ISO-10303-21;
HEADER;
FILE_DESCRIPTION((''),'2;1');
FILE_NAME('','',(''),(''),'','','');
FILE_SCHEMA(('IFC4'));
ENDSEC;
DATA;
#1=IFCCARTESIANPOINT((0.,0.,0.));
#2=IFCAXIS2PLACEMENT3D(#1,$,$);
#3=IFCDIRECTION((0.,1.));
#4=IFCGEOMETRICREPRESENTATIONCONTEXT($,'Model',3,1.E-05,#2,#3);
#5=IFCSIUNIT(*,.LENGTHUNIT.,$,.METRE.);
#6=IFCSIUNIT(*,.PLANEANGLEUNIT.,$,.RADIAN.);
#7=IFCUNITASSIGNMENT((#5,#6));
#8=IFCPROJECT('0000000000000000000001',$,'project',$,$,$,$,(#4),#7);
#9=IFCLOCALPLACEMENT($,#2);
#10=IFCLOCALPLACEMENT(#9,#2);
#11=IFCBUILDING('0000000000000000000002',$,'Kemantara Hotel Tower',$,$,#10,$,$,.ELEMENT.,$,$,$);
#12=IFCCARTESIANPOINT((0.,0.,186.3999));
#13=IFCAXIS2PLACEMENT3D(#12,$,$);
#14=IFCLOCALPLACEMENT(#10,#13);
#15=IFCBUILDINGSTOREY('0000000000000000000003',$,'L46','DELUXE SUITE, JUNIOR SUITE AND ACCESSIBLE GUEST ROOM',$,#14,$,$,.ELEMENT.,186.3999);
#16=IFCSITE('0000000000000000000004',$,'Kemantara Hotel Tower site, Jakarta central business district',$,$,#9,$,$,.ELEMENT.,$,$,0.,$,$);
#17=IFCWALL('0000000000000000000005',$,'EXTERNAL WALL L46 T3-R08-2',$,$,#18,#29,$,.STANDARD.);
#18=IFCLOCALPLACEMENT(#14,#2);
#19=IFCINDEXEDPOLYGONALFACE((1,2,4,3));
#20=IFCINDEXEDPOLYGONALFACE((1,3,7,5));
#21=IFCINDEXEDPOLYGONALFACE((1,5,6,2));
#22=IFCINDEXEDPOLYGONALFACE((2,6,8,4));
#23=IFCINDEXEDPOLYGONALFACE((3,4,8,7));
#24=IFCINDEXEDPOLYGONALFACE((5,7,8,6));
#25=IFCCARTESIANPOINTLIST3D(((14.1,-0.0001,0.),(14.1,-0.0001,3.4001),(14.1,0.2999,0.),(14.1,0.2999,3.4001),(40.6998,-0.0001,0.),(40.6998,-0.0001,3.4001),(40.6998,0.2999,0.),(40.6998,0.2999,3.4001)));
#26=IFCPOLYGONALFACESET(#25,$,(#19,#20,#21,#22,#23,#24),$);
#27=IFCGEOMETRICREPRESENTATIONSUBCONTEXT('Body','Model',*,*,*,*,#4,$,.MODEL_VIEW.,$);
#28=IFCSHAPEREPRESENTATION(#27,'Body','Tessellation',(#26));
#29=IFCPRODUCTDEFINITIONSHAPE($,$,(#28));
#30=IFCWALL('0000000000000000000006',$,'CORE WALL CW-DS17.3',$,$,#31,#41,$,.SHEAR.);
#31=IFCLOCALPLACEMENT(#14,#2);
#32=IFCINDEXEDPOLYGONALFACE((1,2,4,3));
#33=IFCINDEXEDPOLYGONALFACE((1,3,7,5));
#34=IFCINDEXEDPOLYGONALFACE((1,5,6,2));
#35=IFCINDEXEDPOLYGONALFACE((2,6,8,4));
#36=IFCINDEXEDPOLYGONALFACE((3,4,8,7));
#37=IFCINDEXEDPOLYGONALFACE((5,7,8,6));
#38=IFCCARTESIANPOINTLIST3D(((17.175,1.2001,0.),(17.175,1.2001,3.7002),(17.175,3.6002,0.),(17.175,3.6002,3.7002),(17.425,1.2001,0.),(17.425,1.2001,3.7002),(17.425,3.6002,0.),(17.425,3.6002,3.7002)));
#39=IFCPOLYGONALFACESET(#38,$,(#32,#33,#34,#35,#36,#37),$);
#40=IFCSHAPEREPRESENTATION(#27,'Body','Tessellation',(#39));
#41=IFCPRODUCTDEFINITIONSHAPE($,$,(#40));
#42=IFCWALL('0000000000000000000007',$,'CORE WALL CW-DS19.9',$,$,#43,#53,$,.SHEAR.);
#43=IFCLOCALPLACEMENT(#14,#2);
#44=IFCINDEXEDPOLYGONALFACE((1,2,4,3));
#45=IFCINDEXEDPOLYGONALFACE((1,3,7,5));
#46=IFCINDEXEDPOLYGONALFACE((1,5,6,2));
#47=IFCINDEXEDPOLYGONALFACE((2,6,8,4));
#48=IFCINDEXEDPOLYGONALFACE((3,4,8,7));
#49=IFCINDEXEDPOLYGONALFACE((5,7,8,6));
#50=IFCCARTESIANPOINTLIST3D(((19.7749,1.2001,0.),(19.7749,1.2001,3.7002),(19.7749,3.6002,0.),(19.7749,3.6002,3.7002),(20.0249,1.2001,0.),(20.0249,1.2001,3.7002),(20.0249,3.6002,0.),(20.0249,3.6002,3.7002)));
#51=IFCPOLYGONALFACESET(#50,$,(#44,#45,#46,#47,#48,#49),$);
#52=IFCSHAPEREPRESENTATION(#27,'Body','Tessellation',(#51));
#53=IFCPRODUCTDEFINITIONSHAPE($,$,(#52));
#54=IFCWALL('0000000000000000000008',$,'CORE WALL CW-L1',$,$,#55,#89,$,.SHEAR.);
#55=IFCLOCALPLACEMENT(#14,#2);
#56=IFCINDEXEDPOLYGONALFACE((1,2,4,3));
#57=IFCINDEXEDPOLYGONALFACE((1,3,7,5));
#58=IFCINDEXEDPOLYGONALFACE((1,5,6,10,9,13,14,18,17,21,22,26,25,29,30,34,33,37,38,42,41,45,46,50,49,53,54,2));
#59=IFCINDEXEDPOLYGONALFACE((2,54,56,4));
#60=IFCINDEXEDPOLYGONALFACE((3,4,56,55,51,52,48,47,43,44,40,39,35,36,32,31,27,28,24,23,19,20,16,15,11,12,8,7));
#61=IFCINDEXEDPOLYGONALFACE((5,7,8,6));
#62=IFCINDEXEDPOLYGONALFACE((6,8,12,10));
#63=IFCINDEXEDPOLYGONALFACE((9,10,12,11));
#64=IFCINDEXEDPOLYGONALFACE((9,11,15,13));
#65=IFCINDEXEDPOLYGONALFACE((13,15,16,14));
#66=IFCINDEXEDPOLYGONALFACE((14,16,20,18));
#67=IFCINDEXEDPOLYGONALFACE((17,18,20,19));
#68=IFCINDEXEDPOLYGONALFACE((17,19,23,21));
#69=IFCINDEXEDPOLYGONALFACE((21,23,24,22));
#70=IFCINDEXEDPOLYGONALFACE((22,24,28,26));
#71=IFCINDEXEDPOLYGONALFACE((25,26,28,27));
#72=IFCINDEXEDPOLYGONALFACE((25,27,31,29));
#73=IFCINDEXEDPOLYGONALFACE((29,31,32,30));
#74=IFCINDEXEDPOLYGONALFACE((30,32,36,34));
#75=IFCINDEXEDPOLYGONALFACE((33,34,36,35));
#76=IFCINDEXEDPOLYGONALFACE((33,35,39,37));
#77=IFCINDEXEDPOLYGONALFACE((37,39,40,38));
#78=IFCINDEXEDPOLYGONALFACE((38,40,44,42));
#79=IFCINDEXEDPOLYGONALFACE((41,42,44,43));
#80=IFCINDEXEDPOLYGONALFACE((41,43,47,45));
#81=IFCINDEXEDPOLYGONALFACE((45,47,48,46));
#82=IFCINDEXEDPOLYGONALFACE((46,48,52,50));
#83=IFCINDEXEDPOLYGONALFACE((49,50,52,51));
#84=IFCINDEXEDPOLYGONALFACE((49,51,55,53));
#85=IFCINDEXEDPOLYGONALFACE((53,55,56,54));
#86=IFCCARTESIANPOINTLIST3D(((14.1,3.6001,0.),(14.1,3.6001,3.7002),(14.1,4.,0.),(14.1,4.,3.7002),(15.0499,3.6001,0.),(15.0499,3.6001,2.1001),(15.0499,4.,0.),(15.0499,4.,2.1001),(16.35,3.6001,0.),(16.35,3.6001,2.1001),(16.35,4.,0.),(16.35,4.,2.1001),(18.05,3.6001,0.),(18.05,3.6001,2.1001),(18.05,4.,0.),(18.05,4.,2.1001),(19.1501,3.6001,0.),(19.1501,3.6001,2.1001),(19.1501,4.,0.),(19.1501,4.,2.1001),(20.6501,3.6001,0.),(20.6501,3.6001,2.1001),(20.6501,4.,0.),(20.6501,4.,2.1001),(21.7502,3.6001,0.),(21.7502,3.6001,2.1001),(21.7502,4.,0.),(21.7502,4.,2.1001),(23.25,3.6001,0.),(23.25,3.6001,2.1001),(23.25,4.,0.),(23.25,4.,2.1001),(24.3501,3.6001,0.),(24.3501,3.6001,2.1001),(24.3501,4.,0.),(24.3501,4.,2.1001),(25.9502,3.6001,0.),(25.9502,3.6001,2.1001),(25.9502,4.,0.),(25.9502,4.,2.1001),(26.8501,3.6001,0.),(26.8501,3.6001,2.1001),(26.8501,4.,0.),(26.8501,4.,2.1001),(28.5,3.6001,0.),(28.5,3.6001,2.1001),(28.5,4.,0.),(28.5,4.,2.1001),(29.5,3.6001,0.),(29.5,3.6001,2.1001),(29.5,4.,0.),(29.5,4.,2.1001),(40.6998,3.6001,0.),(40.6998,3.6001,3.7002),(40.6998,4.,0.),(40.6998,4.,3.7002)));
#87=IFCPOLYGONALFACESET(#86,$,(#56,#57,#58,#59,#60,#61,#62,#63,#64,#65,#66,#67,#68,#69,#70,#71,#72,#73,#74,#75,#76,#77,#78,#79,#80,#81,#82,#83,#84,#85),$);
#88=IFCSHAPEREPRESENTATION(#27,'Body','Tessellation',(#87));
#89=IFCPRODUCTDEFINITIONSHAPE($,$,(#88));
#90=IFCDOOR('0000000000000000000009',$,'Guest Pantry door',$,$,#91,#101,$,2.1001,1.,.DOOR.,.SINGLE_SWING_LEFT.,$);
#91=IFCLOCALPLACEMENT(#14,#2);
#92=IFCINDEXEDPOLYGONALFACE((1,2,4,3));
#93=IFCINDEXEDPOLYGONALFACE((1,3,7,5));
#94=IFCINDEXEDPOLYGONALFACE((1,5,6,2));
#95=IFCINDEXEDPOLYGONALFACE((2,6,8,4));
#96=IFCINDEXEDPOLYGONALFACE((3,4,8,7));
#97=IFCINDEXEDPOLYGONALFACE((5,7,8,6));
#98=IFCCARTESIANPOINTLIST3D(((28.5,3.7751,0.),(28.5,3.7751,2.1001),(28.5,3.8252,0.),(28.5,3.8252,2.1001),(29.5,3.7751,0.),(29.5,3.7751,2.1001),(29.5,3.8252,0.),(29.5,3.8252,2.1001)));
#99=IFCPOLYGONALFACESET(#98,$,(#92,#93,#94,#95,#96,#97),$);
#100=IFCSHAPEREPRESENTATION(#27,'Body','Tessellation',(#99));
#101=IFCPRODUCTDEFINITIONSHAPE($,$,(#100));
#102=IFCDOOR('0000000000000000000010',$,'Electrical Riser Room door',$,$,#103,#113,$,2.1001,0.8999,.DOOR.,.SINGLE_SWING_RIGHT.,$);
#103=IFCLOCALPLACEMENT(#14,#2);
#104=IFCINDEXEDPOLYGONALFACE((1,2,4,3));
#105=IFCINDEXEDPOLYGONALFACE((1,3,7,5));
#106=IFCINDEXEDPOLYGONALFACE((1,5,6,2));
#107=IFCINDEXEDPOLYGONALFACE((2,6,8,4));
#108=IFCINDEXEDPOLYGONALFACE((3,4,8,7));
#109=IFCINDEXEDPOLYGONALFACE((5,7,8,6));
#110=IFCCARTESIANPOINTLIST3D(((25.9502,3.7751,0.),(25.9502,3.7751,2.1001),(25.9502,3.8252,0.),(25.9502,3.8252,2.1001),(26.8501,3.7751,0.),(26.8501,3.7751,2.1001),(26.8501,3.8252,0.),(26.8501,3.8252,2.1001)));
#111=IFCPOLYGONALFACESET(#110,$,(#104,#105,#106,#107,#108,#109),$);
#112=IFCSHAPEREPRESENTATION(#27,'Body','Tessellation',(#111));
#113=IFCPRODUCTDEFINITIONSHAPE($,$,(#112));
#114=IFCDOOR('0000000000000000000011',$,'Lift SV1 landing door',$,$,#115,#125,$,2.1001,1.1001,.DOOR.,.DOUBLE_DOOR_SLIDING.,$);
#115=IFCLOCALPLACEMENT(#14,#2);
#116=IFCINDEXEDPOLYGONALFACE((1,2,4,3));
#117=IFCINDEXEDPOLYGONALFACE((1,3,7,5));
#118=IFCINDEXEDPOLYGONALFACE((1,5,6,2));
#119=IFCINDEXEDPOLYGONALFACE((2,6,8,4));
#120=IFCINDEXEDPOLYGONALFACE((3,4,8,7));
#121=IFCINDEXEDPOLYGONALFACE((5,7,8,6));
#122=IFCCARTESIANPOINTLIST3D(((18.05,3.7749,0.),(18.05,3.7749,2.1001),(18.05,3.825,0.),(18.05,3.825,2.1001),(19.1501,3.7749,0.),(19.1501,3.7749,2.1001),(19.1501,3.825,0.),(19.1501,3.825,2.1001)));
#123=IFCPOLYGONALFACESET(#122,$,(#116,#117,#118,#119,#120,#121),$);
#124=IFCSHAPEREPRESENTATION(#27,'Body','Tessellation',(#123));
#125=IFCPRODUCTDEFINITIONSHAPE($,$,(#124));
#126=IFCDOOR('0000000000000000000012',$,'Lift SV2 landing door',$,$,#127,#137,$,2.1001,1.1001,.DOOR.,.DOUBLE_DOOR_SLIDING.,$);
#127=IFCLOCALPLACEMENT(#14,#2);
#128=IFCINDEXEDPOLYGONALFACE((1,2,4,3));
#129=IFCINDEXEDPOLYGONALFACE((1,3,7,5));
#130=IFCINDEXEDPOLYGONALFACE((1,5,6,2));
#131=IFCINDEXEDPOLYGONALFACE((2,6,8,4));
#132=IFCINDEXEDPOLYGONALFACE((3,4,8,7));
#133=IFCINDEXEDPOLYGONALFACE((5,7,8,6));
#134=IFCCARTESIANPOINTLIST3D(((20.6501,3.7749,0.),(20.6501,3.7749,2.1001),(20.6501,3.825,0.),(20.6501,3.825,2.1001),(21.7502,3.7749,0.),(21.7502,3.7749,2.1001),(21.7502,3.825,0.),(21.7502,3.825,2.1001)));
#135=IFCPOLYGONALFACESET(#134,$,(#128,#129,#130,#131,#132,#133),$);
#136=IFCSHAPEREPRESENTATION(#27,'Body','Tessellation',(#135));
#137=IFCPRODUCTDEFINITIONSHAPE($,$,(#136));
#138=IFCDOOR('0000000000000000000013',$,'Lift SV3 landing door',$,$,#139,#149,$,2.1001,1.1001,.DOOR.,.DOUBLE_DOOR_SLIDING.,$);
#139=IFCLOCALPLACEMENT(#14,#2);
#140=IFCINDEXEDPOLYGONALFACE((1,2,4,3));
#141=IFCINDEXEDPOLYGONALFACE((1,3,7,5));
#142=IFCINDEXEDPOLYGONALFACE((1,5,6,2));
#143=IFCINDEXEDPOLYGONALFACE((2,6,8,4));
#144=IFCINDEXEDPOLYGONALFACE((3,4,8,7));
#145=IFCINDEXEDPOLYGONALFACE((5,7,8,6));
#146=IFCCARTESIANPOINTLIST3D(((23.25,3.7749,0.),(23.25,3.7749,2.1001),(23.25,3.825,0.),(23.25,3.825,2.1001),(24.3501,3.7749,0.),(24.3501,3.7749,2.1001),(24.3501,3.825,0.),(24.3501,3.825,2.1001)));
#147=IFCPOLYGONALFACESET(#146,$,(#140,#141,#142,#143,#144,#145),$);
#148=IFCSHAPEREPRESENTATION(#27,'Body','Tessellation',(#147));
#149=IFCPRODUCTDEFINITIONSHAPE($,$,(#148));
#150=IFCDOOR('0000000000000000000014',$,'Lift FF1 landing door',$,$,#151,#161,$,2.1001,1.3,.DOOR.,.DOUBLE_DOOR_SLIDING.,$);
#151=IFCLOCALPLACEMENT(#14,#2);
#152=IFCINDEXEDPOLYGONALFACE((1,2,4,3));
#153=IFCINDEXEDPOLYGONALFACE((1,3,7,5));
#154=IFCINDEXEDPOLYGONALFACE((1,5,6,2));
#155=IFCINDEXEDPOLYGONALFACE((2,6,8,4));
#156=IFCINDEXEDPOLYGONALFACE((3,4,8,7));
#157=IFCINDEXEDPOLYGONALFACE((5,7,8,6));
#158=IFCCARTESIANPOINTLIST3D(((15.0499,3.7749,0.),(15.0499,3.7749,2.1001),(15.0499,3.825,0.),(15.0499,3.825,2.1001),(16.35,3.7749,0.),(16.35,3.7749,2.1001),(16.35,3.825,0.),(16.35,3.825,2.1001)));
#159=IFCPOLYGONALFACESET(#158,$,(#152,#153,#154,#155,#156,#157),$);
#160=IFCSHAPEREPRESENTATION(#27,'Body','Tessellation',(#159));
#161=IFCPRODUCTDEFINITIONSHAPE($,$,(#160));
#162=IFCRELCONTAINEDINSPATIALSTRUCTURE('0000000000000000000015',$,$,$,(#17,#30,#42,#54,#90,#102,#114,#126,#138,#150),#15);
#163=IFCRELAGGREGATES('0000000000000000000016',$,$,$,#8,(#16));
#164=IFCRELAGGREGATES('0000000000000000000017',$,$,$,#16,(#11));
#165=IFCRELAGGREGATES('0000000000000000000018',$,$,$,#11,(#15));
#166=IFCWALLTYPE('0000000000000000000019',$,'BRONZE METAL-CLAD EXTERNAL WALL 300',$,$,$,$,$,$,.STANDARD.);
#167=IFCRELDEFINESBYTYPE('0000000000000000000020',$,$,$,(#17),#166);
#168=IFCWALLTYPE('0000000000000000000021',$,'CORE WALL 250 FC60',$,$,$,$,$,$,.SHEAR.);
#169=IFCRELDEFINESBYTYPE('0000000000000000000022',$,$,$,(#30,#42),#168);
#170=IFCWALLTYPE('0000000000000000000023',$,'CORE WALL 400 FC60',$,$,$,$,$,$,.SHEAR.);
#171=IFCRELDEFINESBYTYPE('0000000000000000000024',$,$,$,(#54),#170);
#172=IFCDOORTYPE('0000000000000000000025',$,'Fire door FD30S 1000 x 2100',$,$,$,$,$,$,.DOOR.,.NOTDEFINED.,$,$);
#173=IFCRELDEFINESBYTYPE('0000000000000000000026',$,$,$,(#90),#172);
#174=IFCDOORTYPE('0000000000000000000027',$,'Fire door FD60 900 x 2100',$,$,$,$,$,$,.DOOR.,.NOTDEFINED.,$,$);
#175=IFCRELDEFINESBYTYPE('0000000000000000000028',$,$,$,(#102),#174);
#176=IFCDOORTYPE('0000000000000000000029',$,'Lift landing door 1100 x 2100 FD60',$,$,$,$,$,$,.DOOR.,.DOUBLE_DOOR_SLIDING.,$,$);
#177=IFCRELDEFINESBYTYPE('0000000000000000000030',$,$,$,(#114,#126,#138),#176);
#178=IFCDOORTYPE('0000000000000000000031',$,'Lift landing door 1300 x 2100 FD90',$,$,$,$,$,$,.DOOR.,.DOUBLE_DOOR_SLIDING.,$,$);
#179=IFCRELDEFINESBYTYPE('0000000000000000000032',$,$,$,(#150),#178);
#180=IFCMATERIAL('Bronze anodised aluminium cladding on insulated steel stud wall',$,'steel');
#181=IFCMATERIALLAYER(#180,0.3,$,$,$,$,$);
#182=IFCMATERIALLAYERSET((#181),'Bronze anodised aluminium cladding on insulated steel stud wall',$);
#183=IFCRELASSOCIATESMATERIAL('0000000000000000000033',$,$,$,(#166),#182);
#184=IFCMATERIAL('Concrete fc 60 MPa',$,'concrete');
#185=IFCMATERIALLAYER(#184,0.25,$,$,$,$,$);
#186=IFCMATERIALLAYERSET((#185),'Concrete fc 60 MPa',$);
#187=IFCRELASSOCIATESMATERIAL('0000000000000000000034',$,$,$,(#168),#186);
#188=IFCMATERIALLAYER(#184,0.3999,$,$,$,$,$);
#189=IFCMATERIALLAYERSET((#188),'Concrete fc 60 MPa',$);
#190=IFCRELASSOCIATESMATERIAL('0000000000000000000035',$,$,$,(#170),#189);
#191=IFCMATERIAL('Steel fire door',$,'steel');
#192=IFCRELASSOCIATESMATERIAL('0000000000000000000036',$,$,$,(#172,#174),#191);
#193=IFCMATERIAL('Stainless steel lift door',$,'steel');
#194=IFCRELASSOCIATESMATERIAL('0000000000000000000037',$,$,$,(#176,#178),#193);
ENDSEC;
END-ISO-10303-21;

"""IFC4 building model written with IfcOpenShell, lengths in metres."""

from ifc_helpers import new_model, si_unit, direction, frame, frame_2d, origin, place, context, subcontext, project, spatial, rectangle, extrude, material, layer, layer_set, type_object, element, fill, save


model = new_model("IFC4")

# Units and contexts
model_context = context("Model", 3, precision=1e-05, world=origin(), true_north=direction((0.0, 1.0)))
body_context = subcontext(model_context, "Body", "Model", "MODEL_VIEW")
ifc_project = project(units=[si_unit("LENGTHUNIT", "METRE"), si_unit("PLANEANGLEUNIT", "RADIAN")], contexts=[model_context])

# Site, building, storey
site_placement = place(None, origin())
site = spatial("IfcSite", under=ifc_project, at=site_placement, Name="Kemantara Hotel Tower site, Jakarta central business district", CompositionType="ELEMENT", RefElevation=0.0)
building_placement = place(site_placement, origin())
building = spatial("IfcBuilding", under=site, at=building_placement, Name="Kemantara Hotel Tower", CompositionType="ELEMENT")
storey_placement = place(building_placement, frame((0.0, 0.0, 186.3999)))
storey = spatial("IfcBuildingStorey", under=building, at=storey_placement, Name="L46", Description="DELUXE SUITE, JUNIOR SUITE AND ACCESSIBLE GUEST ROOM", CompositionType="ELEMENT", Elevation=186.3999)

# Walls
ifc_material_1 = material(Name="Bronze anodised aluminium cladding on insulated steel stud wall", Category="steel")
ifc_layer_1 = layer(ifc_material_1, 0.3)
ifc_layer_set_1 = layer_set([ifc_layer_1], Name="Bronze anodised aluminium cladding on insulated steel stud wall")
wall_type_1 = type_object("IfcWallType", Name="BRONZE METAL-CLAD EXTERNAL WALL 300", PredefinedType="STANDARD", material=ifc_layer_set_1)
wall_1_placement = place(storey_placement, frame((14.1001, 0.1499, 0.0), z_axis=(0.0, 0.0, 1.0), x_axis=(1.0, 0.0, 0.0)))
element("IfcWall", 1, at=wall_1_placement, inside=storey, type_object=wall_type_1, Name="EXTERNAL WALL L46 T3-R08-2", PredefinedType="STANDARD", context=body_context, shape_type="SweptSolid", body=[
    extrude(rectangle(XDim=26.5999, YDim=0.3, at=frame_2d((13.2998, 0.0))), origin(), (0.0, 0.0, 1.0), 3.4001),
])
ifc_material_2 = material(Name="Concrete fc 60 MPa", Category="concrete")
ifc_layer_2 = layer(ifc_material_2, 0.25)
ifc_layer_set_2 = layer_set([ifc_layer_2], Name="Concrete fc 60 MPa")
wall_type_2 = type_object("IfcWallType", Name="CORE WALL 250 FC60", PredefinedType="SHEAR", material=ifc_layer_set_2)
for number, where, z_axis, x_axis, name in (
    (2, (17.3, 1.2, 0.0), (0.0, 0.0, 1.0), (0.0, 1.0, 0.0), "CORE WALL CW-DS17.3"),
    (3, (19.8999, 1.2, 0.0), (0.0, 0.0, 1.0), (0.0, 1.0, 0.0), "CORE WALL CW-DS19.9"),
):
    element("IfcWall", number, at=place(storey_placement, frame(where, z_axis=z_axis, x_axis=x_axis)), inside=storey, type_object=wall_type_2, Name=name, PredefinedType="SHEAR", context=body_context, shape_type="SweptSolid", body=[
        extrude(rectangle(XDim=2.4001, YDim=0.25, at=frame_2d((1.2002, 0.0))), origin(), (0.0, 0.0, 1.0), 3.7002),
    ])

# Wall, openings, doors
ifc_layer_3 = layer(ifc_material_2, 0.3999)
ifc_layer_set_3 = layer_set([ifc_layer_3], Name="Concrete fc 60 MPa")
wall_type_3 = type_object("IfcWallType", Name="CORE WALL 400 FC60", PredefinedType="SHEAR", material=ifc_layer_set_3)
wall_2_placement = place(storey_placement, frame((14.1001, 3.8, 0.0), z_axis=(0.0, 0.0, 1.0), x_axis=(1.0, 0.0, 0.0)))
wall_2 = element("IfcWall", 4, at=wall_2_placement, inside=storey, type_object=wall_type_3, Name="CORE WALL CW-L1", PredefinedType="SHEAR", context=body_context, shape_type="SweptSolid", body=[
    extrude(rectangle(XDim=26.5999, YDim=0.3999, at=frame_2d((13.2998, 0.0))), origin(), (0.0, 0.0, 1.0), 3.7002),
])
opening_1_placement = place(wall_2_placement, frame((0.95, 0.0, 0.0)))
opening_1 = element("IfcOpeningElement", 5, at=opening_1_placement, cuts=wall_2, PredefinedType="OPENING", context=body_context, shape_type="SweptSolid", body=[
    extrude(rectangle(XDim=1.3, YDim=2.1001, at=frame_2d((0.6499, 1.05))), frame((0.0, 0.21, 0.0), z_axis=(0.0, -1.0, 0.0), x_axis=(1.0, 0.0, 0.0)), (0.0, 0.0, 1.0), 0.4199),
])
opening_2_placement = place(wall_2_placement, frame((3.95, 0.0, 0.0)))
opening_2 = element("IfcOpeningElement", 6, at=opening_2_placement, cuts=wall_2, PredefinedType="OPENING", context=body_context, shape_type="SweptSolid", body=[
    extrude(rectangle(XDim=1.1001, YDim=2.1001, at=frame_2d((0.55, 1.05))), frame((0.0, 0.21, 0.0), z_axis=(0.0, -1.0, 0.0), x_axis=(1.0, 0.0, 0.0)), (0.0, 0.0, 1.0), 0.4199),
])
opening_3_placement = place(wall_2_placement, frame((6.55, 0.0, 0.0)))
opening_3 = element("IfcOpeningElement", 7, at=opening_3_placement, cuts=wall_2, PredefinedType="OPENING", context=body_context, shape_type="SweptSolid", body=[
    extrude(rectangle(XDim=1.1001, YDim=2.1001, at=frame_2d((0.55, 1.05))), frame((0.0, 0.21, 0.0), z_axis=(0.0, -1.0, 0.0), x_axis=(1.0, 0.0, 0.0)), (0.0, 0.0, 1.0), 0.4199),
])
opening_4_placement = place(wall_2_placement, frame((9.1499, 0.0, 0.0)))
opening_4 = element("IfcOpeningElement", 8, at=opening_4_placement, cuts=wall_2, PredefinedType="OPENING", context=body_context, shape_type="SweptSolid", body=[
    extrude(rectangle(XDim=1.1001, YDim=2.1001, at=frame_2d((0.55, 1.05))), frame((0.0, 0.21, 0.0), z_axis=(0.0, -1.0, 0.0), x_axis=(1.0, 0.0, 0.0)), (0.0, 0.0, 1.0), 0.4199),
])
opening_5_placement = place(wall_2_placement, frame((11.8501, 0.0, 0.0)))
opening_5 = element("IfcOpeningElement", 9, at=opening_5_placement, cuts=wall_2, PredefinedType="OPENING", context=body_context, shape_type="SweptSolid", body=[
    extrude(rectangle(XDim=0.8999, YDim=2.1001, at=frame_2d((0.45, 1.05))), frame((0.0, 0.21, 0.0), z_axis=(0.0, -1.0, 0.0), x_axis=(1.0, 0.0, 0.0)), (0.0, 0.0, 1.0), 0.4199),
])
opening_6_placement = place(wall_2_placement, frame((14.3999, 0.0, 0.0)))
opening_6 = element("IfcOpeningElement", 10, at=opening_6_placement, cuts=wall_2, PredefinedType="OPENING", context=body_context, shape_type="SweptSolid", body=[
    extrude(rectangle(XDim=1.0, YDim=2.1001, at=frame_2d((0.5, 1.05))), frame((0.0, 0.21, 0.0), z_axis=(0.0, -1.0, 0.0), x_axis=(1.0, 0.0, 0.0)), (0.0, 0.0, 1.0), 0.4199),
])
ifc_material_3 = material(Name="Steel fire door", Category="steel")
door_type_1 = type_object("IfcDoorType", Name="Fire door FD30S 1000 x 2100", OperationType="NOTDEFINED", PredefinedType="DOOR", material=ifc_material_3)
door_1_placement = place(opening_6_placement, frame((1.0, 0.0, 0.0), z_axis=(0.0, 0.0, 1.0), x_axis=(-1.0, 0.0, 0.0)))
door_1 = element("IfcDoor", 11, at=door_1_placement, inside=storey, type_object=door_type_1, Name="Guest Pantry door", OperationType="SINGLE_SWING_LEFT", OverallHeight=2.1001, OverallWidth=1.0, PredefinedType="DOOR", context=body_context, shape_type="SweptSolid", body=[
    extrude(rectangle(XDim=1.0, YDim=2.1001, at=frame_2d((0.5, 1.05))), frame((0.0, 0.0249, 0.0), z_axis=(0.0, -1.0, 0.0), x_axis=(1.0, 0.0, 0.0)), (0.0, 0.0, 1.0), 0.05),
])
fill(opening_6, door_1)
door_type_2 = type_object("IfcDoorType", Name="Fire door FD60 900 x 2100", OperationType="NOTDEFINED", PredefinedType="DOOR", material=ifc_material_3)
door_2_placement = place(opening_5_placement, frame((0.8999, 0.0, 0.0), z_axis=(0.0, 0.0, 1.0), x_axis=(-1.0, 0.0, 0.0)))
door_2 = element("IfcDoor", 12, at=door_2_placement, inside=storey, type_object=door_type_2, Name="Electrical Riser Room door", OperationType="SINGLE_SWING_RIGHT", OverallHeight=2.1001, OverallWidth=0.8999, PredefinedType="DOOR", context=body_context, shape_type="SweptSolid", body=[
    extrude(rectangle(XDim=0.8999, YDim=2.1001, at=frame_2d((0.45, 1.05))), frame((0.0, 0.0249, 0.0), z_axis=(0.0, -1.0, 0.0), x_axis=(1.0, 0.0, 0.0)), (0.0, 0.0, 1.0), 0.05),
])
fill(opening_5, door_2)
ifc_material_4 = material(Name="Stainless steel lift door", Category="steel")
door_type_3 = type_object("IfcDoorType", Name="Lift landing door 1100 x 2100 FD60", OperationType="DOUBLE_DOOR_SLIDING", PredefinedType="DOOR", material=ifc_material_4)
door_3_placement = place(opening_2_placement, origin())
door_3 = element("IfcDoor", 13, at=door_3_placement, inside=storey, type_object=door_type_3, Name="Lift SV1 landing door", OperationType="DOUBLE_DOOR_SLIDING", OverallHeight=2.1001, OverallWidth=1.1001, PredefinedType="DOOR", context=body_context, shape_type="SweptSolid", body=[
    extrude(rectangle(XDim=1.1001, YDim=2.1001, at=frame_2d((0.55, 1.05))), frame((0.0, 0.0249, 0.0), z_axis=(0.0, -1.0, 0.0), x_axis=(1.0, 0.0, 0.0)), (0.0, 0.0, 1.0), 0.05),
])
fill(opening_2, door_3)
door_4_placement = place(opening_3_placement, origin())
door_4 = element("IfcDoor", 14, at=door_4_placement, inside=storey, type_object=door_type_3, Name="Lift SV2 landing door", OperationType="DOUBLE_DOOR_SLIDING", OverallHeight=2.1001, OverallWidth=1.1001, PredefinedType="DOOR", context=body_context, shape_type="SweptSolid", body=[
    extrude(rectangle(XDim=1.1001, YDim=2.1001, at=frame_2d((0.55, 1.05))), frame((0.0, 0.0249, 0.0), z_axis=(0.0, -1.0, 0.0), x_axis=(1.0, 0.0, 0.0)), (0.0, 0.0, 1.0), 0.05),
])
fill(opening_3, door_4)
door_5_placement = place(opening_4_placement, origin())
door_5 = element("IfcDoor", 15, at=door_5_placement, inside=storey, type_object=door_type_3, Name="Lift SV3 landing door", OperationType="DOUBLE_DOOR_SLIDING", OverallHeight=2.1001, OverallWidth=1.1001, PredefinedType="DOOR", context=body_context, shape_type="SweptSolid", body=[
    extrude(rectangle(XDim=1.1001, YDim=2.1001, at=frame_2d((0.55, 1.05))), frame((0.0, 0.0249, 0.0), z_axis=(0.0, -1.0, 0.0), x_axis=(1.0, 0.0, 0.0)), (0.0, 0.0, 1.0), 0.05),
])
fill(opening_4, door_5)
door_type_4 = type_object("IfcDoorType", Name="Lift landing door 1300 x 2100 FD90", OperationType="DOUBLE_DOOR_SLIDING", PredefinedType="DOOR", material=ifc_material_4)
door_6_placement = place(opening_1_placement, origin())
door_6 = element("IfcDoor", 16, at=door_6_placement, inside=storey, type_object=door_type_4, Name="Lift FF1 landing door", OperationType="DOUBLE_DOOR_SLIDING", OverallHeight=2.1001, OverallWidth=1.3, PredefinedType="DOOR", context=body_context, shape_type="SweptSolid", body=[
    extrude(rectangle(XDim=1.3, YDim=2.1001, at=frame_2d((0.6499, 1.05))), frame((0.0, 0.0249, 0.0), z_axis=(0.0, -1.0, 0.0), x_axis=(1.0, 0.0, 0.0)), (0.0, 0.0, 1.0), 0.05),
])
fill(opening_1, door_6)

save(model, "model.ifc")
